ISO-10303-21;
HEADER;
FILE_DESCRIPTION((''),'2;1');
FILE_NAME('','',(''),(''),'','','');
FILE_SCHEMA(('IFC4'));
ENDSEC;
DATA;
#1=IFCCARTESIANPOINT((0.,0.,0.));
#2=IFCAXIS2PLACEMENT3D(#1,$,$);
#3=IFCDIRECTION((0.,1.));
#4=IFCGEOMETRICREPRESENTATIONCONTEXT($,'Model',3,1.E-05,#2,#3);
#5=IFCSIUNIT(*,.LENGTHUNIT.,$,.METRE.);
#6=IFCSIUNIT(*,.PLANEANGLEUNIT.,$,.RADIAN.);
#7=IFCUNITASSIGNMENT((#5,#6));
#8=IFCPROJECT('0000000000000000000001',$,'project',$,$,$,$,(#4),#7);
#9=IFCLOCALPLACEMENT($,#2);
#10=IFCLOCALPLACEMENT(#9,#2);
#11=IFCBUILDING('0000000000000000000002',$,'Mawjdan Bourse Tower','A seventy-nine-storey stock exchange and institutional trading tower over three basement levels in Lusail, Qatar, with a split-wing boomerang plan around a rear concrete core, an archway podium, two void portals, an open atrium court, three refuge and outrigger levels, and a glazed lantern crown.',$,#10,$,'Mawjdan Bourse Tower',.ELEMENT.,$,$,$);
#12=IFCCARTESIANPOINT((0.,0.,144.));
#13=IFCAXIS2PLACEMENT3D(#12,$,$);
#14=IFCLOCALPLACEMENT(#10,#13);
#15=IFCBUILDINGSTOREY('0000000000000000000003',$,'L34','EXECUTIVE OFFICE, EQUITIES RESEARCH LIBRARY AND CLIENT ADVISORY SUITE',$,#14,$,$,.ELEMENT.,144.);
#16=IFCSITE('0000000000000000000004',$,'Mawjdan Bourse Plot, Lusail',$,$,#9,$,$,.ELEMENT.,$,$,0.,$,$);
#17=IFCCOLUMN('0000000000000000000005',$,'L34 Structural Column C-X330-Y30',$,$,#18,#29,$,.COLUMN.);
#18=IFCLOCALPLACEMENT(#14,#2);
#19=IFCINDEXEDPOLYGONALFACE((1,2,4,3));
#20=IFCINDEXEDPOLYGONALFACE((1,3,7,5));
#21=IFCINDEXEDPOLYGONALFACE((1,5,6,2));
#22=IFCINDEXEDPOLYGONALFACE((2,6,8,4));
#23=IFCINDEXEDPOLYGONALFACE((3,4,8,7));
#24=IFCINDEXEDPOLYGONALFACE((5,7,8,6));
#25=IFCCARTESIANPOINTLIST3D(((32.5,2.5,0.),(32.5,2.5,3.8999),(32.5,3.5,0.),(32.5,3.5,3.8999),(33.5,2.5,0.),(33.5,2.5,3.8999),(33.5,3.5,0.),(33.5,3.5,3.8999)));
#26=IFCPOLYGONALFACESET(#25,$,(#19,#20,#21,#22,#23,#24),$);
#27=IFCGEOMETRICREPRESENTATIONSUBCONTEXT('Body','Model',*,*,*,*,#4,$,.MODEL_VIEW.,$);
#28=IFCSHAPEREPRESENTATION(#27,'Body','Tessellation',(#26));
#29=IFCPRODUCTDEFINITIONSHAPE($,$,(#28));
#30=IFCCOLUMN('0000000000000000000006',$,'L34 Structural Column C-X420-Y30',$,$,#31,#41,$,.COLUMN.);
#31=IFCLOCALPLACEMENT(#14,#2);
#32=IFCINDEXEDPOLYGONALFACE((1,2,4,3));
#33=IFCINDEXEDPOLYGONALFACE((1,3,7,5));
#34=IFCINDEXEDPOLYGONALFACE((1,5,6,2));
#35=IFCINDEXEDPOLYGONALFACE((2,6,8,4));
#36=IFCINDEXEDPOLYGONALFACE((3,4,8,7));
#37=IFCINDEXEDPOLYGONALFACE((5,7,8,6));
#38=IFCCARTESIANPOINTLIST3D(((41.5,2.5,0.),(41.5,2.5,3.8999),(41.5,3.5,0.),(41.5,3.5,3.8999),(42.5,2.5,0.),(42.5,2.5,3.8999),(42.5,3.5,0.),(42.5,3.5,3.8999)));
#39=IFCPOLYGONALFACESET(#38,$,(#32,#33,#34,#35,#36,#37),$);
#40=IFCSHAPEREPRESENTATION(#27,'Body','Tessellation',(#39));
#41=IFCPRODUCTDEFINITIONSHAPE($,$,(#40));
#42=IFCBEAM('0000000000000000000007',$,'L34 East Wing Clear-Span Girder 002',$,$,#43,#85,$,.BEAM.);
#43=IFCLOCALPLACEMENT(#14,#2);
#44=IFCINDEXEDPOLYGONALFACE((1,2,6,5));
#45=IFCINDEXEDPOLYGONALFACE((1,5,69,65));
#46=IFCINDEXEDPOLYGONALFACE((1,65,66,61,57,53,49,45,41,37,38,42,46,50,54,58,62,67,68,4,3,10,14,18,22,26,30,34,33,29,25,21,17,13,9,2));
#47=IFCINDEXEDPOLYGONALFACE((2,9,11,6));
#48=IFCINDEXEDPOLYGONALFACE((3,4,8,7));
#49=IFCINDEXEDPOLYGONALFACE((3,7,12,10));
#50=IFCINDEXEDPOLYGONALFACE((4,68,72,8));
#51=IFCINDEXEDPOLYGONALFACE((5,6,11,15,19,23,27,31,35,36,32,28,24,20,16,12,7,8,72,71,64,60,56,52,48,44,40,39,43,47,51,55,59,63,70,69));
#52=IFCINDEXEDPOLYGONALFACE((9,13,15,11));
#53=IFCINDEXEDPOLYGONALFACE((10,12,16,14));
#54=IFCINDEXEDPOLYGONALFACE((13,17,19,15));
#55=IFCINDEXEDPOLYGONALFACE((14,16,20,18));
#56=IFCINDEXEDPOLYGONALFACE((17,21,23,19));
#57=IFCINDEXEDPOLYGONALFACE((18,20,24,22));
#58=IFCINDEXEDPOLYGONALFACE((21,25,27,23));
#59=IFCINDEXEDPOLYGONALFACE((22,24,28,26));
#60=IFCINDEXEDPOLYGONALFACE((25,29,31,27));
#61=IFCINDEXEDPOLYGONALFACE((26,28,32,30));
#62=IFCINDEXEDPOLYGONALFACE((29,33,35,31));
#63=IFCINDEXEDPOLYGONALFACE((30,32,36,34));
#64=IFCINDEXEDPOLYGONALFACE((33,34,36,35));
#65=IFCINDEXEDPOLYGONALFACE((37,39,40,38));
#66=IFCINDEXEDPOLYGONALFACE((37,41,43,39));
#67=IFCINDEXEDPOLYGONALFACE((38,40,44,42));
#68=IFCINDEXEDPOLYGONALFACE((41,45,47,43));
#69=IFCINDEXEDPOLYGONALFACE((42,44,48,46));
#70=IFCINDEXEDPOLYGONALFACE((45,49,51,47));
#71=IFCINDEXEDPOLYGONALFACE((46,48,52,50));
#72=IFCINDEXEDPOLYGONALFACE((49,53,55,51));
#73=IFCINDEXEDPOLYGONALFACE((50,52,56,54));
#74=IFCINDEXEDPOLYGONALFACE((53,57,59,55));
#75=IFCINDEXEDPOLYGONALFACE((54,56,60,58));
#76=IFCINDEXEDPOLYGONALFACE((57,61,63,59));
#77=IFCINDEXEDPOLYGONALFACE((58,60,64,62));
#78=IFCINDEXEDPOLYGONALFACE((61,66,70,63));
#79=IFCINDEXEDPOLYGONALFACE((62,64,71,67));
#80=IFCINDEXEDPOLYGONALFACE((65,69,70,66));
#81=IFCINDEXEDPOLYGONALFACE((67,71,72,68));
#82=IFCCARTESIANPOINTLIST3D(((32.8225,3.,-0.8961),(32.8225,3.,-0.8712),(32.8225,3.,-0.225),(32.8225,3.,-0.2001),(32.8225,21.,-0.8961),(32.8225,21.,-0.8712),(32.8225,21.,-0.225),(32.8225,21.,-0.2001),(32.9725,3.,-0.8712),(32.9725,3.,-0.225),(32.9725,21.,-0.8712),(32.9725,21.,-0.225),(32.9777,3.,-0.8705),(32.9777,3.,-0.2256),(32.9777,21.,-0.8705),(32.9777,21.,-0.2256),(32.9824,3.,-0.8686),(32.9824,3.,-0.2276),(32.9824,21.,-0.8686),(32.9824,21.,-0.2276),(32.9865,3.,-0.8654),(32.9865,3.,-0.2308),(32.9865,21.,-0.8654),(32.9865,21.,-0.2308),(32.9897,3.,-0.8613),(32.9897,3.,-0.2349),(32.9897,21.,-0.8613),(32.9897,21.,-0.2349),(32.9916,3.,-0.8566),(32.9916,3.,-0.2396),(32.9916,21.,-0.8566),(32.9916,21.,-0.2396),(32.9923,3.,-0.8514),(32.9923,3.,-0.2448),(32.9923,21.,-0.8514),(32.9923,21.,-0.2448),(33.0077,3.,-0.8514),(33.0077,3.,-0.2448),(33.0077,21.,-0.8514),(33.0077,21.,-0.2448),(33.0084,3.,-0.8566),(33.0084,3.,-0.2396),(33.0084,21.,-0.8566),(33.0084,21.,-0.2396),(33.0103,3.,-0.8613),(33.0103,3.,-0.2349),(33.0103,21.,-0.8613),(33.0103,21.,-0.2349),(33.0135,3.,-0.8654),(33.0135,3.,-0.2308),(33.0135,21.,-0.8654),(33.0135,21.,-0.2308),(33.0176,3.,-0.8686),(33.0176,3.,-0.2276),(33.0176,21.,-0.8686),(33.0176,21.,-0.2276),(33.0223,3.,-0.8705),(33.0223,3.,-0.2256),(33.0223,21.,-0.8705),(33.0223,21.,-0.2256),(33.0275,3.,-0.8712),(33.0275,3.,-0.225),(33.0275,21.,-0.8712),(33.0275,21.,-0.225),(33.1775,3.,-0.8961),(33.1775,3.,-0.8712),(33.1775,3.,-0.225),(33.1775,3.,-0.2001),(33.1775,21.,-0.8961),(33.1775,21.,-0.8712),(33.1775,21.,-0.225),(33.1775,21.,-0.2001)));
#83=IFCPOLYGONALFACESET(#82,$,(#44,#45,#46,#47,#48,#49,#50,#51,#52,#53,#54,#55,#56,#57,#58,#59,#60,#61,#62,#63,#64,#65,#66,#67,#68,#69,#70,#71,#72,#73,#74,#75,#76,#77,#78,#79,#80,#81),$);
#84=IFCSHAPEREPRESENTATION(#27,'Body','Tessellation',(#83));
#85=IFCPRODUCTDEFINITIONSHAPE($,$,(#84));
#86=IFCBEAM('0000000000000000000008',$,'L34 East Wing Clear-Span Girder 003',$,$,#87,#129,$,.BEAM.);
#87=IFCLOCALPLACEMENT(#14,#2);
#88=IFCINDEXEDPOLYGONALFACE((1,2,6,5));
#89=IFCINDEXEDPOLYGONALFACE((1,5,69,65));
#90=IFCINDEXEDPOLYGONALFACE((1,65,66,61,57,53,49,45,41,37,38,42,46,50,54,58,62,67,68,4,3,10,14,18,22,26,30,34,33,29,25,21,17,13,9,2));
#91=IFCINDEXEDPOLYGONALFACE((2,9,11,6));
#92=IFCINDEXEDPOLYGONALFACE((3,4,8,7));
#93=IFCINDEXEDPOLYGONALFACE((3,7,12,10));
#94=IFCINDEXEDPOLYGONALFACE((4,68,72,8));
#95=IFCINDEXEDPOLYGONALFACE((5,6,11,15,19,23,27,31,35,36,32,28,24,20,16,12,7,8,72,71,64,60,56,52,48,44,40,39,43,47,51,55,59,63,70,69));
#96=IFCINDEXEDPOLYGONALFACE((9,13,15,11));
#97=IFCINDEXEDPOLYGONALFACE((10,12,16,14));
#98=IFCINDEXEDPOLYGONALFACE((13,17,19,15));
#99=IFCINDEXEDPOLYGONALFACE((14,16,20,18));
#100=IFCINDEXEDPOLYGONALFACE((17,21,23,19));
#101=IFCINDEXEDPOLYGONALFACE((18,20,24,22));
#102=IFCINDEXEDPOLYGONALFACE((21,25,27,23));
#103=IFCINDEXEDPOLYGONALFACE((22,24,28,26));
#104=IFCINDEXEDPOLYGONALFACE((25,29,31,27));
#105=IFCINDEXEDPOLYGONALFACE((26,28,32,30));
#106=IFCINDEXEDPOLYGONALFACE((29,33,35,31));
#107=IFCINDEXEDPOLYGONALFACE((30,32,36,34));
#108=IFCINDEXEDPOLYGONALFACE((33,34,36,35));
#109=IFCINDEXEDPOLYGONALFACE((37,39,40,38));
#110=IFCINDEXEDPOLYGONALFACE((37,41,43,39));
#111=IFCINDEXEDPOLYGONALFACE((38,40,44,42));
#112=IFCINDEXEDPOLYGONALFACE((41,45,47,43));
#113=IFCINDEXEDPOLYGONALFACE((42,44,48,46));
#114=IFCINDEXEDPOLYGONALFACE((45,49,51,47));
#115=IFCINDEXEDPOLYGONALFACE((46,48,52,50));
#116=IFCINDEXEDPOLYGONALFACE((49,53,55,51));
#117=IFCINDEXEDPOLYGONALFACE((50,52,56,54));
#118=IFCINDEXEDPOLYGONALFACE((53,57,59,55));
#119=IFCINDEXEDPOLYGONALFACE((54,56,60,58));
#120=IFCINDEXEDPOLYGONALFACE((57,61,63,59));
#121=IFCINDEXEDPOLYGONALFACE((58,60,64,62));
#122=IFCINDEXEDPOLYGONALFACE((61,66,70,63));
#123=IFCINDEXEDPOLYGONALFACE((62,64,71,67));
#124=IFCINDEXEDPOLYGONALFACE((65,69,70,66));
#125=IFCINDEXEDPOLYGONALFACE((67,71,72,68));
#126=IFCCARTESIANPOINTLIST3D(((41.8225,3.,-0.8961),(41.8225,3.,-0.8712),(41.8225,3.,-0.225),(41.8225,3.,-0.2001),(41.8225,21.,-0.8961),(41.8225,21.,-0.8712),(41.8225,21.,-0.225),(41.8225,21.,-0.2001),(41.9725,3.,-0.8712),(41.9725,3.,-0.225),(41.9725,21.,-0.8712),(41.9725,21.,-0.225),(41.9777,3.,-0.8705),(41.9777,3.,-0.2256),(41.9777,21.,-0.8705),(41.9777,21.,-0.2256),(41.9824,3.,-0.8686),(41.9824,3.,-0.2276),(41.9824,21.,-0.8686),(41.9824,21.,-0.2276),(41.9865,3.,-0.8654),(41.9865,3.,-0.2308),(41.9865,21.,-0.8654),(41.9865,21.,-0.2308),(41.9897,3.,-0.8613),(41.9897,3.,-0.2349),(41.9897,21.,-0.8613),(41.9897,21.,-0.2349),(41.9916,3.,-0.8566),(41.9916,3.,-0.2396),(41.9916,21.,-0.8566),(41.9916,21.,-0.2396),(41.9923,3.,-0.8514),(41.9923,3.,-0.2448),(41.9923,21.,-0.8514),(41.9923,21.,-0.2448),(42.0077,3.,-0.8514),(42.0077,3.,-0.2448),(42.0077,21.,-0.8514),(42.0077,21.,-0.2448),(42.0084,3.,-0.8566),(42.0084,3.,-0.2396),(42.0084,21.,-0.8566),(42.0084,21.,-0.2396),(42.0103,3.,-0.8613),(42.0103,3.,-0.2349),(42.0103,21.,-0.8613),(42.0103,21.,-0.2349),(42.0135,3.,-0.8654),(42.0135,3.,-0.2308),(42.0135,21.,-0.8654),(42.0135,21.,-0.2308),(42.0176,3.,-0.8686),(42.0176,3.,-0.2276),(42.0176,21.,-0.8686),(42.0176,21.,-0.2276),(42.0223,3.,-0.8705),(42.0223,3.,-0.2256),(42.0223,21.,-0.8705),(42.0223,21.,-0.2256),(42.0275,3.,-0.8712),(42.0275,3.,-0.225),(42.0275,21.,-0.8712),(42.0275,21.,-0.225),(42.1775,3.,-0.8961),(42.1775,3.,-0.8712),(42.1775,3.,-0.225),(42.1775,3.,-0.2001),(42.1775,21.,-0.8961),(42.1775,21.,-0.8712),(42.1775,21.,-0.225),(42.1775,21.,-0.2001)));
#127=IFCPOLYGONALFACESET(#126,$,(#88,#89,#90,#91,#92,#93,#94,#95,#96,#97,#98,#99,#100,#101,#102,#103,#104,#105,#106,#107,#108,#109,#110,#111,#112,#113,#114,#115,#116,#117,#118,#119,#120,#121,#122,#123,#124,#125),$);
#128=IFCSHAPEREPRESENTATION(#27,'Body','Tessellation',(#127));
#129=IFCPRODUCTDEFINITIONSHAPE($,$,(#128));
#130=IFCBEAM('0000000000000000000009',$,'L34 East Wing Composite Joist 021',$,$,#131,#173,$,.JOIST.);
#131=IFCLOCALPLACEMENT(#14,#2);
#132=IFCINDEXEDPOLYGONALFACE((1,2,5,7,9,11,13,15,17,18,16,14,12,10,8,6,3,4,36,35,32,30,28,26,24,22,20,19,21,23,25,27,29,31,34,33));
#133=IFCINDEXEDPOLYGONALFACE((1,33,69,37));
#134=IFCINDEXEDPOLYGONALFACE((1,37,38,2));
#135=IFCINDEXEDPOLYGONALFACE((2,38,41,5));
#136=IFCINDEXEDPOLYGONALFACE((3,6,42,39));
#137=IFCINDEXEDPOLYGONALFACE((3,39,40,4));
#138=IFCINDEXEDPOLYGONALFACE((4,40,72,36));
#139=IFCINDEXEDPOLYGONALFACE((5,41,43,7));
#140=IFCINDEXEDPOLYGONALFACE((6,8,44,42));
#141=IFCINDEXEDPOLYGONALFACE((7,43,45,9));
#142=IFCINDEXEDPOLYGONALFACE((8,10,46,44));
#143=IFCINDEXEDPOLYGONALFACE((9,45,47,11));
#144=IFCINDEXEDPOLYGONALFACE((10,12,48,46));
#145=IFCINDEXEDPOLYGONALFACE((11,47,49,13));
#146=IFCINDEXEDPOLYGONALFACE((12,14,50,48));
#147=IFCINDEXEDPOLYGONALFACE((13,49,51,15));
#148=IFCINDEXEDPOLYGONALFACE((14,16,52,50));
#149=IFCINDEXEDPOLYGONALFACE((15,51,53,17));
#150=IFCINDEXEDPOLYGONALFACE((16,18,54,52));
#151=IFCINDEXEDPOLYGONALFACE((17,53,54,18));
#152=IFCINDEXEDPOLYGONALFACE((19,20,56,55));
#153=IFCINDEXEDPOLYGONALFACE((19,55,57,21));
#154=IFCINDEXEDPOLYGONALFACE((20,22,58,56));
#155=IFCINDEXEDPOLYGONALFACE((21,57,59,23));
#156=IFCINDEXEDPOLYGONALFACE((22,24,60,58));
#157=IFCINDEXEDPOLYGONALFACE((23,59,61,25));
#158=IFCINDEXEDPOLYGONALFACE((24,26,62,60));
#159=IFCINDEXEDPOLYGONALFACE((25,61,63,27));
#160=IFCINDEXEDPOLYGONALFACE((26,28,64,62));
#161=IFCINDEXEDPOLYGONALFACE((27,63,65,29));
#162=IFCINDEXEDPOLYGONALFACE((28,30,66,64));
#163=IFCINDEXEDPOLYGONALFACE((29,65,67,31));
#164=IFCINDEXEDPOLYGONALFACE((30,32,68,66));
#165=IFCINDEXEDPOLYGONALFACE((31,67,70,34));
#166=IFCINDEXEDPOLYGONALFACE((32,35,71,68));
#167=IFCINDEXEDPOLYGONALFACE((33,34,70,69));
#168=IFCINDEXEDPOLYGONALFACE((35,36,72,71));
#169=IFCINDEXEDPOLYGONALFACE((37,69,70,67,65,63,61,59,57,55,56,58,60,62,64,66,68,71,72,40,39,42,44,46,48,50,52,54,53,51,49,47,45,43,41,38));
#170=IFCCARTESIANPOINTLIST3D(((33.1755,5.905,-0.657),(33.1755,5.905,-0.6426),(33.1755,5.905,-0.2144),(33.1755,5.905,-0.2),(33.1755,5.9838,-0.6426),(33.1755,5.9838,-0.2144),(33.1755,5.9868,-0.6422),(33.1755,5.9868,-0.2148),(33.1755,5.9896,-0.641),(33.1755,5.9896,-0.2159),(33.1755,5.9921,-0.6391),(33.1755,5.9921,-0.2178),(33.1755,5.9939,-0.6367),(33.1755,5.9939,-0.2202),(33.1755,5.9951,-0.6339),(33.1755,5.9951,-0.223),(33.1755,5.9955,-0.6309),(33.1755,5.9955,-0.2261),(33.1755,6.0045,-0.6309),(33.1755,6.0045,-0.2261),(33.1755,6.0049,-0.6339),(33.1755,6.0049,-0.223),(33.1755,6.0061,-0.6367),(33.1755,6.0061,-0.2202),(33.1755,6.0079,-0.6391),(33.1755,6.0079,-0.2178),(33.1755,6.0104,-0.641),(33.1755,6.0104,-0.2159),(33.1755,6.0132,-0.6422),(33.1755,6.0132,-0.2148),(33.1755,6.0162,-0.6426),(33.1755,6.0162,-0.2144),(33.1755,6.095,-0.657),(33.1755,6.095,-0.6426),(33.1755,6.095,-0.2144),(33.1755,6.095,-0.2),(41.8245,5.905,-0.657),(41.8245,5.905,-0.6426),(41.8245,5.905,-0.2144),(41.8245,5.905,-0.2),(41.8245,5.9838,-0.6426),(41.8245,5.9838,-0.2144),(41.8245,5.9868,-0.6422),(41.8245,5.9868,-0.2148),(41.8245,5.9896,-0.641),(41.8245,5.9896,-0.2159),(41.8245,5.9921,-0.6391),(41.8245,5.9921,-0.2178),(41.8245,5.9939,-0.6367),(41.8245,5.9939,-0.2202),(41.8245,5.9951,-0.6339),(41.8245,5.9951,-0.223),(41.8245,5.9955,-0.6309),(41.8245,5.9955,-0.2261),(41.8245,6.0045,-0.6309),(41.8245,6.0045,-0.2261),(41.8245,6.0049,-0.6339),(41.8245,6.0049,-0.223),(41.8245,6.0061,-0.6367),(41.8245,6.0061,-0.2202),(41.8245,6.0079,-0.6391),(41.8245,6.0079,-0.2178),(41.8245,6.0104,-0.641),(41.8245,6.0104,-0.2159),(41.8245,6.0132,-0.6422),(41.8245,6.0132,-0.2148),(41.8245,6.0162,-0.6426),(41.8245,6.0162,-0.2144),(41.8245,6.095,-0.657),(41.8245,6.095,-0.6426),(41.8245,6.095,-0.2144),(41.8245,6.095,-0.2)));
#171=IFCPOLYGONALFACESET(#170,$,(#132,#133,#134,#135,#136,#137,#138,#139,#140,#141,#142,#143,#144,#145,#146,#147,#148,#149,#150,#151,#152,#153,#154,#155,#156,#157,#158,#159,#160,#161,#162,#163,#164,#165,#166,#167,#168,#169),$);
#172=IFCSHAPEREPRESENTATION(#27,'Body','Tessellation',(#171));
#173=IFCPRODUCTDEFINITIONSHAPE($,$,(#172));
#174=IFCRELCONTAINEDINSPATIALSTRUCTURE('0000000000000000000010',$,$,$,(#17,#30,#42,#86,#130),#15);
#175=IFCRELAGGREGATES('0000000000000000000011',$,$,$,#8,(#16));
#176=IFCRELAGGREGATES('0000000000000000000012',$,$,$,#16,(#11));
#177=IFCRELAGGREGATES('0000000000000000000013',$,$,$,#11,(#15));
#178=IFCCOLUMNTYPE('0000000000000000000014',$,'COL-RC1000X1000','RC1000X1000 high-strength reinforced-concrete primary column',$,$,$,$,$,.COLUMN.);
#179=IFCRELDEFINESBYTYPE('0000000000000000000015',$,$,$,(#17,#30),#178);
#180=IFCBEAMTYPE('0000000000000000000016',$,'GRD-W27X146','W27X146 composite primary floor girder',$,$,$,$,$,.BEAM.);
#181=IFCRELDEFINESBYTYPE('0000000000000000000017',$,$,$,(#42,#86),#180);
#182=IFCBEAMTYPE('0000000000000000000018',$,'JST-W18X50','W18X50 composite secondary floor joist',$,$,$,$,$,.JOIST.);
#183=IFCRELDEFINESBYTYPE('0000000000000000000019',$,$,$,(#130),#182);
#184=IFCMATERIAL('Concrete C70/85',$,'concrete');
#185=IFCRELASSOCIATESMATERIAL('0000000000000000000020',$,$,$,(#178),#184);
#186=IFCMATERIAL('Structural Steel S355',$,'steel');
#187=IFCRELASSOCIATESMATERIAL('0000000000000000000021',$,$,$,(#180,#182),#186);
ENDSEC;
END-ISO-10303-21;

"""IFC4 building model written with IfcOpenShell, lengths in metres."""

from ifc_helpers import new_model, si_unit, direction, frame, origin, origin_2d, place, context, subcontext, project, spatial, rectangle, i_section, extrude, material, material_profile, profile_set, type_object, element, save


model = new_model("IFC4")

# Units and contexts
model_context = context("Model", 3, precision=1e-05, world=origin(), true_north=direction((0.0, 1.0)))
body_context = subcontext(model_context, "Body", "Model", "MODEL_VIEW")
ifc_project = project(units=[si_unit("LENGTHUNIT", "METRE"), si_unit("PLANEANGLEUNIT", "RADIAN")], contexts=[model_context])

# Site, building, storey
site_placement = place(None, origin())
site = spatial("IfcSite", under=ifc_project, at=site_placement, Name="Mawjdan Bourse Plot, Lusail", CompositionType="ELEMENT", RefElevation=0.0)
building_placement = place(site_placement, origin())
building = spatial("IfcBuilding", under=site, at=building_placement, Name="Mawjdan Bourse Tower", Description="A seventy-nine-storey stock exchange and institutional trading tower over three basement levels in Lusail, Qatar, with a split-wing boomerang plan around a rear concrete core, an archway podium, two void portals, an open atrium court, three refuge and outrigger levels, and a glazed lantern crown.", LongName="Mawjdan Bourse Tower", CompositionType="ELEMENT")
storey_placement = place(building_placement, frame((0.0, 0.0, 144.0)))
storey = spatial("IfcBuildingStorey", under=building, at=storey_placement, Name="L34", Description="EXECUTIVE OFFICE, EQUITIES RESEARCH LIBRARY AND CLIENT ADVISORY SUITE", CompositionType="ELEMENT", Elevation=144.0)

# Columns
ifc_material_1 = material(Name="Concrete C70/85", Category="concrete")
ifc_material_profile_1 = material_profile(ifc_material_1, rectangle(XDim=1.0, YDim=1.0, at=origin_2d()), Name="RC1000X1000")
ifc_profile_set_1 = profile_set([ifc_material_profile_1], Name="Concrete C70/85")
column_type = type_object("IfcColumnType", Name="COL-RC1000X1000", Description="RC1000X1000 high-strength reinforced-concrete primary column", PredefinedType="COLUMN", material=ifc_profile_set_1)
for number, where, z_axis, x_axis, name in (
    (1, (33.0, 3.0, 0.0), (0.0, 0.0, 1.0), (1.0, 0.0, 0.0), "L34 Structural Column C-X330-Y30"),
    (2, (42.0, 3.0, 0.0), (0.0, 0.0, 1.0), (1.0, 0.0, 0.0), "L34 Structural Column C-X420-Y30"),
):
    element("IfcColumn", number, at=place(storey_placement, frame(where, z_axis=z_axis, x_axis=x_axis)), inside=storey, type_object=column_type, Name=name, PredefinedType="COLUMN", context=body_context, shape_type="SweptSolid", body=[
        extrude(rectangle(XDim=1.0, YDim=1.0, at=origin_2d()), origin(), (0.0, 0.0, 1.0), 3.8999),
    ])

# Beams
ifc_material_2 = material(Name="Structural Steel S355", Category="steel")
ifc_material_profile_2 = material_profile(ifc_material_2, i_section(OverallWidth=0.355, OverallDepth=0.696, WebThickness=0.0154, FlangeThickness=0.0249, FilletRadius=0.0198, at=origin_2d()), Name="W27X146")
ifc_profile_set_2 = profile_set([ifc_material_profile_2], Name="Structural Steel S355")
beam_type_1 = type_object("IfcBeamType", Name="GRD-W27X146", Description="W27X146 composite primary floor girder", PredefinedType="BEAM", material=ifc_profile_set_2)
for number, where, z_axis, x_axis, name in (
    (3, (33.0, 3.0, -0.5481), (0.0, 1.0, 0.0), (-1.0, 0.0, 0.0), "L34 East Wing Clear-Span Girder 002"),
    (4, (42.0, 3.0, -0.5481), (0.0, 1.0, 0.0), (-1.0, 0.0, 0.0), "L34 East Wing Clear-Span Girder 003"),
):
    element("IfcBeam", number, at=place(storey_placement, frame(where, z_axis=z_axis, x_axis=x_axis)), inside=storey, type_object=beam_type_1, Name=name, PredefinedType="BEAM", context=body_context, shape_type="SweptSolid", body=[
        extrude(i_section(OverallWidth=0.355, OverallDepth=0.696, WebThickness=0.0154, FlangeThickness=0.0249, FilletRadius=0.0198, at=origin_2d()), origin(), (0.0, 0.0, 1.0), 18.0),
    ])
ifc_material_profile_3 = material_profile(ifc_material_2, i_section(OverallWidth=0.1899, OverallDepth=0.457, WebThickness=0.009, FlangeThickness=0.0144, FilletRadius=0.0117, at=origin_2d()), Name="W18X50")
ifc_profile_set_3 = profile_set([ifc_material_profile_3], Name="Structural Steel S355")
beam_type_2 = type_object("IfcBeamType", Name="JST-W18X50", Description="W18X50 composite secondary floor joist", PredefinedType="JOIST", material=ifc_profile_set_3)
for number, where, z_axis, x_axis, name in (
    (5, (33.1755, 6.0, -0.4285), (1.0, 0.0, 0.0), (0.0, 1.0, 0.0), "L34 East Wing Composite Joist 021"),
):
    element("IfcBeam", number, at=place(storey_placement, frame(where, z_axis=z_axis, x_axis=x_axis)), inside=storey, type_object=beam_type_2, Name=name, PredefinedType="JOIST", context=body_context, shape_type="SweptSolid", body=[
        extrude(i_section(OverallWidth=0.1899, OverallDepth=0.457, WebThickness=0.009, FlangeThickness=0.0144, FilletRadius=0.0117, at=origin_2d()), origin(), (0.0, 0.0, 1.0), 8.6489),
    ])

save(model, "model.ifc")
